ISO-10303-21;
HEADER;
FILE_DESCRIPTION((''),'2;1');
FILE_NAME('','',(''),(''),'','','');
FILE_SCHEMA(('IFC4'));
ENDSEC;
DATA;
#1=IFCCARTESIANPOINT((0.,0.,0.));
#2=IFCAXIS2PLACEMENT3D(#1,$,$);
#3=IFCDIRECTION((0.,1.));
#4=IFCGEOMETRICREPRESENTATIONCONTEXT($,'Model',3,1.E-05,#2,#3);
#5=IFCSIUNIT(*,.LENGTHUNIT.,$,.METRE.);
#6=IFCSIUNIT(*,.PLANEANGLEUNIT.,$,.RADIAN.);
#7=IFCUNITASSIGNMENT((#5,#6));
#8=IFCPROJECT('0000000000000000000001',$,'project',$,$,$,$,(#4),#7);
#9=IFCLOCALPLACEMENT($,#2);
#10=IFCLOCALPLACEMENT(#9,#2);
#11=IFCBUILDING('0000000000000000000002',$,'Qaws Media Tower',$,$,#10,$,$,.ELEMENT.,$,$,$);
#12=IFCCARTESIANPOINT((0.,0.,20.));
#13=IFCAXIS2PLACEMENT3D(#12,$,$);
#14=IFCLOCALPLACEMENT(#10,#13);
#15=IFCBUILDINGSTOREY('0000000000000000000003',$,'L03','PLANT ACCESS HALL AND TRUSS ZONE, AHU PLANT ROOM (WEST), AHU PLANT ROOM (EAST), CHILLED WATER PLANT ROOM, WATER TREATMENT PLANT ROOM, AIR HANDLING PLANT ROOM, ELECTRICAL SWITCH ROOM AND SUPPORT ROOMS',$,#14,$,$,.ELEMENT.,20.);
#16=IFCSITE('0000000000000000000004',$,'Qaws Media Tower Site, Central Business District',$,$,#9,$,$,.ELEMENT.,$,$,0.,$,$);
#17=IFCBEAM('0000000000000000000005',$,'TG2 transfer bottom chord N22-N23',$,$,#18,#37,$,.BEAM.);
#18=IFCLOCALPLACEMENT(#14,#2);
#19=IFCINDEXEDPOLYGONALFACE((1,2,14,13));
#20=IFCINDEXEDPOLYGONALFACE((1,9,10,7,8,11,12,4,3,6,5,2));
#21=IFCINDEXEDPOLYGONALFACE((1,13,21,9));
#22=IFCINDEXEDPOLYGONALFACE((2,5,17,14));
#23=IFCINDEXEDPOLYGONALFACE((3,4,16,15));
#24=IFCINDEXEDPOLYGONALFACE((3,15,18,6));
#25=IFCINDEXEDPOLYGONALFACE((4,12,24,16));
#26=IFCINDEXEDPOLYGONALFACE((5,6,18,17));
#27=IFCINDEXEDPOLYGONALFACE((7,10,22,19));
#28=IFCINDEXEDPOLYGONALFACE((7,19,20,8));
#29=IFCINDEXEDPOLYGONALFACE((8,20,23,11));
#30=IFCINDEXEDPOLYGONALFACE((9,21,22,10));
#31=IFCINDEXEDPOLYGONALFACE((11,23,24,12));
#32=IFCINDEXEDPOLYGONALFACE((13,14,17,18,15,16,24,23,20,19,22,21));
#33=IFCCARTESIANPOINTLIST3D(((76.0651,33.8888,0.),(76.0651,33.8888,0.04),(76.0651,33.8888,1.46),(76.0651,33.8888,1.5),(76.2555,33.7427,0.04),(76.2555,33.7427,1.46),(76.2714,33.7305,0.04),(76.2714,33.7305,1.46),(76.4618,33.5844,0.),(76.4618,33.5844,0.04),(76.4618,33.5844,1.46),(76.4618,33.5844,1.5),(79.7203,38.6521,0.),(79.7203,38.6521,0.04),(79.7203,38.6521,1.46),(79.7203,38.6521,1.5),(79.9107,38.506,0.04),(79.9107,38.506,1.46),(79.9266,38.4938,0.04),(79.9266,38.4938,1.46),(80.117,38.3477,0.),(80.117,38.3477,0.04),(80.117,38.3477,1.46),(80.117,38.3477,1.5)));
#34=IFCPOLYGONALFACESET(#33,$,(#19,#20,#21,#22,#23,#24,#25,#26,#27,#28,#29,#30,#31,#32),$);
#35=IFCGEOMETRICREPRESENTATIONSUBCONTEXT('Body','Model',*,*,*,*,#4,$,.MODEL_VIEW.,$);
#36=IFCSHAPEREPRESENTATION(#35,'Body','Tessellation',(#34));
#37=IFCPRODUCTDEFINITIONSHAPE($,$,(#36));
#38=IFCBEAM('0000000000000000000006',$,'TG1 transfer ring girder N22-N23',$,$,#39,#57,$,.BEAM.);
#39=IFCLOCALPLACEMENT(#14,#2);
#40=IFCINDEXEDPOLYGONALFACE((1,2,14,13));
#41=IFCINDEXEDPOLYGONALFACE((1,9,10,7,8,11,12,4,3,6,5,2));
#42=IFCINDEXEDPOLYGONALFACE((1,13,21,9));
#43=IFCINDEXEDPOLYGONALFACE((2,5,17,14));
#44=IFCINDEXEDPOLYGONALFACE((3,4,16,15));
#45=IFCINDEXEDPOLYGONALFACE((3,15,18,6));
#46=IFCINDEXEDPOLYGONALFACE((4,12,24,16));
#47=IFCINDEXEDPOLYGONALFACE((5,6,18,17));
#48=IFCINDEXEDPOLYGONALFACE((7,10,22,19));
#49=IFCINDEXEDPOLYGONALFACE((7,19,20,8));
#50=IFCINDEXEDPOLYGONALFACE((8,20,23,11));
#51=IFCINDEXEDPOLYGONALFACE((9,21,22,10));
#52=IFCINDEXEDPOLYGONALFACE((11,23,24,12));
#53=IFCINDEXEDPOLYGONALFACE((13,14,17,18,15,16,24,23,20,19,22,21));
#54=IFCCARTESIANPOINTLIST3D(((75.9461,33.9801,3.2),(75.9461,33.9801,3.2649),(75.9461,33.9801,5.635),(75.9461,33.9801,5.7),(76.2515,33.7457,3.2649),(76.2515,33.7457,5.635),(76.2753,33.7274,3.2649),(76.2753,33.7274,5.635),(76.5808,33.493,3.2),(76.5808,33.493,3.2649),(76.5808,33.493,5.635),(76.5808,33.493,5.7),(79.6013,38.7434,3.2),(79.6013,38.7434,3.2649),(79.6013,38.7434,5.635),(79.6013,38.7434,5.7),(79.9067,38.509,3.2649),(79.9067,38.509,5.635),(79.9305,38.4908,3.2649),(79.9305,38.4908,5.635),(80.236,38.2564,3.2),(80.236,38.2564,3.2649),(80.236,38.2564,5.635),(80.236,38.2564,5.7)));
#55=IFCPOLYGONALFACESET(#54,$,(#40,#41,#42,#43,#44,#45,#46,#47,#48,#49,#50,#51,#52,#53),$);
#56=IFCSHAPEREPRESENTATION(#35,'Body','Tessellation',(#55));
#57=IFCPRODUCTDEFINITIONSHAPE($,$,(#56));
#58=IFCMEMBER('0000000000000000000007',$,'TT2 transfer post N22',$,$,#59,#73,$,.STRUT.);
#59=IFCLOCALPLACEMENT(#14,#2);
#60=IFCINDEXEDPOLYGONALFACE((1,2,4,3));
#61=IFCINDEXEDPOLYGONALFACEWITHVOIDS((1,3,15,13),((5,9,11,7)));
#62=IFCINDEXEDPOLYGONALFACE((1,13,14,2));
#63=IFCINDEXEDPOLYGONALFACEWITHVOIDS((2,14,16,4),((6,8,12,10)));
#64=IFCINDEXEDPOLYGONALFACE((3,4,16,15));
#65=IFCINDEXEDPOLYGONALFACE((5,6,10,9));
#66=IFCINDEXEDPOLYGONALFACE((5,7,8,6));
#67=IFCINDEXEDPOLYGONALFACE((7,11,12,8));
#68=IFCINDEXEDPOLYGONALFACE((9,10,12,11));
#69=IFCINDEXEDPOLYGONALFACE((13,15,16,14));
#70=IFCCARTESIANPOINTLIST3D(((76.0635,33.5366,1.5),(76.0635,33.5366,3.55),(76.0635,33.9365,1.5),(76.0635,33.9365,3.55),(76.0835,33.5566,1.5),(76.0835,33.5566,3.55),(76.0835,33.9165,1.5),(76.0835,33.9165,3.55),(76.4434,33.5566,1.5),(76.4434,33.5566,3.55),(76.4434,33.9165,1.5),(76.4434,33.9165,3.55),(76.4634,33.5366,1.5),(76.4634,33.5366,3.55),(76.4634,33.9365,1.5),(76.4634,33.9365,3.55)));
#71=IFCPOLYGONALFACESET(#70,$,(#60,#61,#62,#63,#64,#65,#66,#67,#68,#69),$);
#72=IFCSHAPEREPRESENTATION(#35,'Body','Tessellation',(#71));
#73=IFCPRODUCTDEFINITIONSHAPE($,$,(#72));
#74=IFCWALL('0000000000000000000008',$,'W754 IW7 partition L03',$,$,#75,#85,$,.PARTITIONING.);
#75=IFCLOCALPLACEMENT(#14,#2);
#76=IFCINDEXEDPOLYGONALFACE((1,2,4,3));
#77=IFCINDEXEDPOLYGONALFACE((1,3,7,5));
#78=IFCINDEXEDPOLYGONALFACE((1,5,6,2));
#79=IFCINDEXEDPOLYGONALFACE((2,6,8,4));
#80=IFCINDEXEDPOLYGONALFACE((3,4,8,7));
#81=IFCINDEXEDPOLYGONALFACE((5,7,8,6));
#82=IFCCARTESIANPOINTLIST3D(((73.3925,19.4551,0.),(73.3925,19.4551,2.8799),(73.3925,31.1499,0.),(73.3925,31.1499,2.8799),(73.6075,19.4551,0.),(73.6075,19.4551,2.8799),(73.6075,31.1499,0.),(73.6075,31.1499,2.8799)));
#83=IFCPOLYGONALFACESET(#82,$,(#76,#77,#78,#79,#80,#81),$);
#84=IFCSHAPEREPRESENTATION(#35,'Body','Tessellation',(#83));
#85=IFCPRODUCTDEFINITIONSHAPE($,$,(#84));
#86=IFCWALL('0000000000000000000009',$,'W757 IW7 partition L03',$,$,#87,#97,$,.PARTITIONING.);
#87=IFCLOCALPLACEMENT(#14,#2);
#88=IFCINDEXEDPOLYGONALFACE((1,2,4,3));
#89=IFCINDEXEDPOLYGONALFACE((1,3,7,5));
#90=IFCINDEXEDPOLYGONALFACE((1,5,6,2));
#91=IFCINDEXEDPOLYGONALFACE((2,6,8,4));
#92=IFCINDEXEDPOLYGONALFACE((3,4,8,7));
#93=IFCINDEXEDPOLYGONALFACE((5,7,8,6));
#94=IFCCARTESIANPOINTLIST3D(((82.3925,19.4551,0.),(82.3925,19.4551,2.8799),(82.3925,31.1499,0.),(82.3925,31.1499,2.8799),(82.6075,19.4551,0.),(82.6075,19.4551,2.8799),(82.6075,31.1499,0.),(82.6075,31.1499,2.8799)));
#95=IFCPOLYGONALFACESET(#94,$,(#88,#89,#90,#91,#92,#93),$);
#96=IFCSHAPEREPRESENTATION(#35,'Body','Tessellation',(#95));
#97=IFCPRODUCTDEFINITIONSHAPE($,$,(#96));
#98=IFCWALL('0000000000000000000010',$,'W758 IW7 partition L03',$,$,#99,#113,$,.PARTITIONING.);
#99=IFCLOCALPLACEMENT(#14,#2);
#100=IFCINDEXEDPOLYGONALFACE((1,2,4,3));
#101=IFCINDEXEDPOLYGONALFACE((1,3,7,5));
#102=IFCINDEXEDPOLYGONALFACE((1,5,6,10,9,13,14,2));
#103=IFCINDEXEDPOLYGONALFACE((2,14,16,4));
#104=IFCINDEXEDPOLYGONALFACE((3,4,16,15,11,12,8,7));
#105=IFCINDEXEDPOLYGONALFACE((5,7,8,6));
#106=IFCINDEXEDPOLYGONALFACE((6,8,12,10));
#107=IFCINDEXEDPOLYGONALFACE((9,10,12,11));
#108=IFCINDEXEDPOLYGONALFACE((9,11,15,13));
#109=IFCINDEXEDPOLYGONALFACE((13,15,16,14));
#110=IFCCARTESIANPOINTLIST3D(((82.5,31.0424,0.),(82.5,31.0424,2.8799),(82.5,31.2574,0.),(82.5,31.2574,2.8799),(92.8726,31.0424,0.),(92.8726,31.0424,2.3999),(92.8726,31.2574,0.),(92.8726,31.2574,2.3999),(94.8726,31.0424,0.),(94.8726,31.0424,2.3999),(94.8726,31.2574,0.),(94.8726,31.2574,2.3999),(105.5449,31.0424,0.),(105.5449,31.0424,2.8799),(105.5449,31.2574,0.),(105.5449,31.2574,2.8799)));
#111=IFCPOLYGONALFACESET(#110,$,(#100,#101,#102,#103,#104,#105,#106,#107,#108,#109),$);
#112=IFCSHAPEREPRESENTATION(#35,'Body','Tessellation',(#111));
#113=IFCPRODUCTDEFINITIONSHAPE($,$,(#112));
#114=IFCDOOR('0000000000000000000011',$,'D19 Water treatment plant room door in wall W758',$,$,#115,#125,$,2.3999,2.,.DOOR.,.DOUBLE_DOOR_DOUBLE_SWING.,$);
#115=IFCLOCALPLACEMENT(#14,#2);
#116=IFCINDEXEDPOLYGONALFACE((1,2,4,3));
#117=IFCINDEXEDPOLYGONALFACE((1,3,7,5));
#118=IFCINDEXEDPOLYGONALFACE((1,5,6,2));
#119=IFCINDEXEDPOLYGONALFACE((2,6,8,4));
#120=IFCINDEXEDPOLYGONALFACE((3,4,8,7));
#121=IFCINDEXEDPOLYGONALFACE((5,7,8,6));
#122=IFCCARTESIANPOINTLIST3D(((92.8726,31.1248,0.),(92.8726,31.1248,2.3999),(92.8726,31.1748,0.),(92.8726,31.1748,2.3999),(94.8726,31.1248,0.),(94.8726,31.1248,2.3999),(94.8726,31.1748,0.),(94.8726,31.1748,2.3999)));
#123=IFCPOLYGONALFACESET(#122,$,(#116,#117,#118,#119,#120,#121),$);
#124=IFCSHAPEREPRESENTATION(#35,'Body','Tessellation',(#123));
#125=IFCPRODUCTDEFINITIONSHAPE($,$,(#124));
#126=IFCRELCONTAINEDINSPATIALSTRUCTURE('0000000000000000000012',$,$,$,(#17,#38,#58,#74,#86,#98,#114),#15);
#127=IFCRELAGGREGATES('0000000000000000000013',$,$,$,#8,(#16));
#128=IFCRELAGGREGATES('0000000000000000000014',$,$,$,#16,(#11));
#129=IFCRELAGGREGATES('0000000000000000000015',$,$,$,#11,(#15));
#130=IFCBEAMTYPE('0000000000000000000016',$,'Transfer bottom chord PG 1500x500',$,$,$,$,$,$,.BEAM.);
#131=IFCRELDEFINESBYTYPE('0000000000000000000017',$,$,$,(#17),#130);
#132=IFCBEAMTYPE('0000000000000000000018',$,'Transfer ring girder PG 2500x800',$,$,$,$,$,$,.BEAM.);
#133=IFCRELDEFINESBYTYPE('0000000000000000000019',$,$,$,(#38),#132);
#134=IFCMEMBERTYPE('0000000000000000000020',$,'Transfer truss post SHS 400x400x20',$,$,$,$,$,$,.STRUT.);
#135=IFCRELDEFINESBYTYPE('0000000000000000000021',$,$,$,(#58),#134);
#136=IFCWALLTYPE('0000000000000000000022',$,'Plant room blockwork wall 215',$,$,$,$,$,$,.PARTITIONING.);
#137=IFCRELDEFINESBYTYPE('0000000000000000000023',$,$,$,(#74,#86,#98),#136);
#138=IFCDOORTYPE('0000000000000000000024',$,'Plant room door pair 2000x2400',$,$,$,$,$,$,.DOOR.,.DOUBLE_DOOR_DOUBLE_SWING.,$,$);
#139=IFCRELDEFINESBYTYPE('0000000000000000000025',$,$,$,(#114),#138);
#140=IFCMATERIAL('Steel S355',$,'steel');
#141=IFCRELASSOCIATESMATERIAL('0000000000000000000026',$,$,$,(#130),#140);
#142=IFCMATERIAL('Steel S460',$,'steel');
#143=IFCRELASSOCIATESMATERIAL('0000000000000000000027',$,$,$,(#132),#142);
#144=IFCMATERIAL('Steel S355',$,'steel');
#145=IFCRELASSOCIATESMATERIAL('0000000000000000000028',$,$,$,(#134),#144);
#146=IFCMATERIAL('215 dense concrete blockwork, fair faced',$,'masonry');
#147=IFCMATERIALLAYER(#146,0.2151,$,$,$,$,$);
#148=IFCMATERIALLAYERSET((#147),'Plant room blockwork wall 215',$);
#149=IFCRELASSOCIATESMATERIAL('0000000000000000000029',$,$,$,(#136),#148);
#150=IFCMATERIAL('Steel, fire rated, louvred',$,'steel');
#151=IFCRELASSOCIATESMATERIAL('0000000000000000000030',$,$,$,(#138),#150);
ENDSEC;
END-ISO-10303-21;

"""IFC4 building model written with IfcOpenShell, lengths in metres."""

from ifc_helpers import new_model, si_unit, direction, frame, frame_2d, origin, origin_2d, place, context, subcontext, project, spatial, rectangle, hollow_rectangle, i_section, extrude, material, layer, layer_set, material_profile, profile_set, type_object, element, fill, save


model = new_model("IFC4")

# Units and contexts
model_context = context("Model", 3, precision=1e-05, world=origin(), true_north=direction((0.0, 1.0)))
body_context = subcontext(model_context, "Body", "Model", "MODEL_VIEW")
ifc_project = project(units=[si_unit("LENGTHUNIT", "METRE"), si_unit("PLANEANGLEUNIT", "RADIAN")], contexts=[model_context])

# Site, building, storey
site_placement = place(None, origin())
site = spatial("IfcSite", under=ifc_project, at=site_placement, Name="Qaws Media Tower Site, Central Business District", CompositionType="ELEMENT", RefElevation=0.0)
building_placement = place(site_placement, origin())
building = spatial("IfcBuilding", under=site, at=building_placement, Name="Qaws Media Tower", CompositionType="ELEMENT")
storey_placement = place(building_placement, frame((0.0, 0.0, 20.0)))
storey = spatial("IfcBuildingStorey", under=building, at=storey_placement, Name="L03", Description="PLANT ACCESS HALL AND TRUSS ZONE, AHU PLANT ROOM (WEST), AHU PLANT ROOM (EAST), CHILLED WATER PLANT ROOM, WATER TREATMENT PLANT ROOM, AIR HANDLING PLANT ROOM, ELECTRICAL SWITCH ROOM AND SUPPORT ROOMS", CompositionType="ELEMENT", Elevation=20.0)

# Beams
ifc_material_1 = material(Name="Steel S355", Category="steel")
ifc_material_profile_1 = material_profile(ifc_material_1, i_section(OverallWidth=0.5, OverallDepth=1.5, WebThickness=0.02, FlangeThickness=0.04, at=origin_2d()), Name="PG 1500x500")
ifc_profile_set_1 = profile_set([ifc_material_profile_1], Name="Steel S355")
beam_type_1 = type_object("IfcBeamType", Name="Transfer bottom chord PG 1500x500", PredefinedType="BEAM", material=ifc_profile_set_1)
beam_1_placement = place(storey_placement, frame((76.2634, 33.7366, 0.75), z_axis=(0.608779, 0.79334, 0.0), x_axis=(-0.79334, 0.608779, 0.0)))
element("IfcBeam", 1, at=beam_1_placement, inside=storey, type_object=beam_type_1, Name="TG2 transfer bottom chord N22-N23", PredefinedType="BEAM", context=body_context, shape_type="SweptSolid", body=[
    extrude(i_section(OverallWidth=0.5, OverallDepth=1.5, WebThickness=0.02, FlangeThickness=0.04, at=origin_2d()), origin(), (0.0, 0.0, 1.0), 6.0042),
])
ifc_material_2 = material(Name="Steel S460", Category="steel")
ifc_material_profile_2 = material_profile(ifc_material_2, i_section(OverallWidth=0.8, OverallDepth=2.5, WebThickness=0.03, FlangeThickness=0.0649, at=origin_2d()), Name="PG 2500x800")
ifc_profile_set_2 = profile_set([ifc_material_profile_2], Name="Steel S460")
beam_type_2 = type_object("IfcBeamType", Name="Transfer ring girder PG 2500x800", PredefinedType="BEAM", material=ifc_profile_set_2)
beam_2_placement = place(storey_placement, frame((76.2634, 33.7366, 4.45), z_axis=(0.608779, 0.79334, 0.0), x_axis=(-0.79334, 0.608779, 0.0)))
element("IfcBeam", 2, at=beam_2_placement, inside=storey, type_object=beam_type_2, Name="TG1 transfer ring girder N22-N23", PredefinedType="BEAM", context=body_context, shape_type="SweptSolid", body=[
    extrude(i_section(OverallWidth=0.8, OverallDepth=2.5, WebThickness=0.03, FlangeThickness=0.0649, at=origin_2d()), origin(), (0.0, 0.0, 1.0), 6.0042),
])

# Member
ifc_material_3 = material(Name="Steel S355", Category="steel")
ifc_material_profile_3 = material_profile(ifc_material_3, hollow_rectangle(XDim=0.3999, YDim=0.3999, WallThickness=0.02, at=origin_2d()), Name="SHS 400x400x20")
ifc_profile_set_3 = profile_set([ifc_material_profile_3], Name="Steel S355")
member_type = type_object("IfcMemberType", Name="Transfer truss post SHS 400x400x20", PredefinedType="STRUT", material=ifc_profile_set_3)
member_placement = place(storey_placement, frame((76.2634, 33.7366, 1.5), z_axis=(0.0, 0.0, 1.0), x_axis=(1.0, 0.0, 0.0)))
element("IfcMember", 3, at=member_placement, inside=storey, type_object=member_type, Name="TT2 transfer post N22", PredefinedType="STRUT", context=body_context, shape_type="SweptSolid", body=[
    extrude(hollow_rectangle(XDim=0.3999, YDim=0.3999, WallThickness=0.02, at=origin_2d()), origin(), (0.0, 0.0, 1.0), 2.05),
])

# Walls
ifc_material_4 = material(Name="215 dense concrete blockwork, fair faced", Category="masonry")
ifc_layer = layer(ifc_material_4, 0.2151)
ifc_layer_set = layer_set([ifc_layer], Name="Plant room blockwork wall 215")
wall_type = type_object("IfcWallType", Name="Plant room blockwork wall 215", PredefinedType="PARTITIONING", material=ifc_layer_set)
for number, where, z_axis, x_axis, name in (
    (4, (73.5, 19.4551, 0.0), (0.0, 0.0, 1.0), (0.0, 1.0, 0.0), "W754 IW7 partition L03"),
    (5, (82.5, 19.4551, 0.0), (0.0, 0.0, 1.0), (0.0, 1.0, 0.0), "W757 IW7 partition L03"),
):
    element("IfcWall", number, at=place(storey_placement, frame(where, z_axis=z_axis, x_axis=x_axis)), inside=storey, type_object=wall_type, Name=name, PredefinedType="PARTITIONING", context=body_context, shape_type="SweptSolid", body=[
        extrude(rectangle(XDim=11.6948, YDim=0.2151, at=frame_2d((5.8474, 0.0))), origin(), (0.0, 0.0, 1.0), 2.8799),
    ])

# Wall, opening, door
ifc_material_5 = material(Name="Steel, fire rated, louvred", Category="steel")
door_type = type_object("IfcDoorType", Name="Plant room door pair 2000x2400", OperationType="DOUBLE_DOOR_DOUBLE_SWING", PredefinedType="DOOR", material=ifc_material_5)
wall_1_placement = place(storey_placement, frame((82.5, 31.1499, 0.0), z_axis=(0.0, 0.0, 1.0), x_axis=(1.0, 0.0, 0.0)))
wall_1 = element("IfcWall", 6, at=wall_1_placement, inside=storey, type_object=wall_type, Name="W758 IW7 partition L03", PredefinedType="PARTITIONING", context=body_context, shape_type="SweptSolid", body=[
    extrude(rectangle(XDim=23.0449, YDim=0.2151, at=frame_2d((11.5225, 0.0))), origin(), (0.0, 0.0, 1.0), 2.8799),
])
opening_1_placement = place(wall_1_placement, frame((10.3726, 0.0, 0.0)))
opening_1 = element("IfcOpeningElement", 7, at=opening_1_placement, cuts=wall_1, PredefinedType="OPENING", context=body_context, shape_type="SweptSolid", body=[
    extrude(rectangle(XDim=2.0, YDim=2.3999, at=frame_2d((1.0, 1.2))), frame((0.0, 0.1174, 0.0), z_axis=(0.0, -1.0, 0.0), x_axis=(1.0, 0.0, 0.0)), (0.0, 0.0, 1.0), 0.2351),
])
door_1_placement = place(opening_1_placement, origin())
door_1 = element("IfcDoor", 8, at=door_1_placement, inside=storey, type_object=door_type, Name="D19 Water treatment plant room door in wall W758", OperationType="DOUBLE_DOOR_DOUBLE_SWING", OverallHeight=2.3999, OverallWidth=2.0, PredefinedType="DOOR", context=body_context, shape_type="SweptSolid", body=[
    extrude(rectangle(XDim=2.0, YDim=2.3999, at=frame_2d((1.0, 1.2))), frame((0.0, 0.0249, 0.0), z_axis=(0.0, -1.0, 0.0), x_axis=(1.0, 0.0, 0.0)), (0.0, 0.0, 1.0), 0.05),
])
fill(opening_1, door_1)

save(model, "model.ifc")
